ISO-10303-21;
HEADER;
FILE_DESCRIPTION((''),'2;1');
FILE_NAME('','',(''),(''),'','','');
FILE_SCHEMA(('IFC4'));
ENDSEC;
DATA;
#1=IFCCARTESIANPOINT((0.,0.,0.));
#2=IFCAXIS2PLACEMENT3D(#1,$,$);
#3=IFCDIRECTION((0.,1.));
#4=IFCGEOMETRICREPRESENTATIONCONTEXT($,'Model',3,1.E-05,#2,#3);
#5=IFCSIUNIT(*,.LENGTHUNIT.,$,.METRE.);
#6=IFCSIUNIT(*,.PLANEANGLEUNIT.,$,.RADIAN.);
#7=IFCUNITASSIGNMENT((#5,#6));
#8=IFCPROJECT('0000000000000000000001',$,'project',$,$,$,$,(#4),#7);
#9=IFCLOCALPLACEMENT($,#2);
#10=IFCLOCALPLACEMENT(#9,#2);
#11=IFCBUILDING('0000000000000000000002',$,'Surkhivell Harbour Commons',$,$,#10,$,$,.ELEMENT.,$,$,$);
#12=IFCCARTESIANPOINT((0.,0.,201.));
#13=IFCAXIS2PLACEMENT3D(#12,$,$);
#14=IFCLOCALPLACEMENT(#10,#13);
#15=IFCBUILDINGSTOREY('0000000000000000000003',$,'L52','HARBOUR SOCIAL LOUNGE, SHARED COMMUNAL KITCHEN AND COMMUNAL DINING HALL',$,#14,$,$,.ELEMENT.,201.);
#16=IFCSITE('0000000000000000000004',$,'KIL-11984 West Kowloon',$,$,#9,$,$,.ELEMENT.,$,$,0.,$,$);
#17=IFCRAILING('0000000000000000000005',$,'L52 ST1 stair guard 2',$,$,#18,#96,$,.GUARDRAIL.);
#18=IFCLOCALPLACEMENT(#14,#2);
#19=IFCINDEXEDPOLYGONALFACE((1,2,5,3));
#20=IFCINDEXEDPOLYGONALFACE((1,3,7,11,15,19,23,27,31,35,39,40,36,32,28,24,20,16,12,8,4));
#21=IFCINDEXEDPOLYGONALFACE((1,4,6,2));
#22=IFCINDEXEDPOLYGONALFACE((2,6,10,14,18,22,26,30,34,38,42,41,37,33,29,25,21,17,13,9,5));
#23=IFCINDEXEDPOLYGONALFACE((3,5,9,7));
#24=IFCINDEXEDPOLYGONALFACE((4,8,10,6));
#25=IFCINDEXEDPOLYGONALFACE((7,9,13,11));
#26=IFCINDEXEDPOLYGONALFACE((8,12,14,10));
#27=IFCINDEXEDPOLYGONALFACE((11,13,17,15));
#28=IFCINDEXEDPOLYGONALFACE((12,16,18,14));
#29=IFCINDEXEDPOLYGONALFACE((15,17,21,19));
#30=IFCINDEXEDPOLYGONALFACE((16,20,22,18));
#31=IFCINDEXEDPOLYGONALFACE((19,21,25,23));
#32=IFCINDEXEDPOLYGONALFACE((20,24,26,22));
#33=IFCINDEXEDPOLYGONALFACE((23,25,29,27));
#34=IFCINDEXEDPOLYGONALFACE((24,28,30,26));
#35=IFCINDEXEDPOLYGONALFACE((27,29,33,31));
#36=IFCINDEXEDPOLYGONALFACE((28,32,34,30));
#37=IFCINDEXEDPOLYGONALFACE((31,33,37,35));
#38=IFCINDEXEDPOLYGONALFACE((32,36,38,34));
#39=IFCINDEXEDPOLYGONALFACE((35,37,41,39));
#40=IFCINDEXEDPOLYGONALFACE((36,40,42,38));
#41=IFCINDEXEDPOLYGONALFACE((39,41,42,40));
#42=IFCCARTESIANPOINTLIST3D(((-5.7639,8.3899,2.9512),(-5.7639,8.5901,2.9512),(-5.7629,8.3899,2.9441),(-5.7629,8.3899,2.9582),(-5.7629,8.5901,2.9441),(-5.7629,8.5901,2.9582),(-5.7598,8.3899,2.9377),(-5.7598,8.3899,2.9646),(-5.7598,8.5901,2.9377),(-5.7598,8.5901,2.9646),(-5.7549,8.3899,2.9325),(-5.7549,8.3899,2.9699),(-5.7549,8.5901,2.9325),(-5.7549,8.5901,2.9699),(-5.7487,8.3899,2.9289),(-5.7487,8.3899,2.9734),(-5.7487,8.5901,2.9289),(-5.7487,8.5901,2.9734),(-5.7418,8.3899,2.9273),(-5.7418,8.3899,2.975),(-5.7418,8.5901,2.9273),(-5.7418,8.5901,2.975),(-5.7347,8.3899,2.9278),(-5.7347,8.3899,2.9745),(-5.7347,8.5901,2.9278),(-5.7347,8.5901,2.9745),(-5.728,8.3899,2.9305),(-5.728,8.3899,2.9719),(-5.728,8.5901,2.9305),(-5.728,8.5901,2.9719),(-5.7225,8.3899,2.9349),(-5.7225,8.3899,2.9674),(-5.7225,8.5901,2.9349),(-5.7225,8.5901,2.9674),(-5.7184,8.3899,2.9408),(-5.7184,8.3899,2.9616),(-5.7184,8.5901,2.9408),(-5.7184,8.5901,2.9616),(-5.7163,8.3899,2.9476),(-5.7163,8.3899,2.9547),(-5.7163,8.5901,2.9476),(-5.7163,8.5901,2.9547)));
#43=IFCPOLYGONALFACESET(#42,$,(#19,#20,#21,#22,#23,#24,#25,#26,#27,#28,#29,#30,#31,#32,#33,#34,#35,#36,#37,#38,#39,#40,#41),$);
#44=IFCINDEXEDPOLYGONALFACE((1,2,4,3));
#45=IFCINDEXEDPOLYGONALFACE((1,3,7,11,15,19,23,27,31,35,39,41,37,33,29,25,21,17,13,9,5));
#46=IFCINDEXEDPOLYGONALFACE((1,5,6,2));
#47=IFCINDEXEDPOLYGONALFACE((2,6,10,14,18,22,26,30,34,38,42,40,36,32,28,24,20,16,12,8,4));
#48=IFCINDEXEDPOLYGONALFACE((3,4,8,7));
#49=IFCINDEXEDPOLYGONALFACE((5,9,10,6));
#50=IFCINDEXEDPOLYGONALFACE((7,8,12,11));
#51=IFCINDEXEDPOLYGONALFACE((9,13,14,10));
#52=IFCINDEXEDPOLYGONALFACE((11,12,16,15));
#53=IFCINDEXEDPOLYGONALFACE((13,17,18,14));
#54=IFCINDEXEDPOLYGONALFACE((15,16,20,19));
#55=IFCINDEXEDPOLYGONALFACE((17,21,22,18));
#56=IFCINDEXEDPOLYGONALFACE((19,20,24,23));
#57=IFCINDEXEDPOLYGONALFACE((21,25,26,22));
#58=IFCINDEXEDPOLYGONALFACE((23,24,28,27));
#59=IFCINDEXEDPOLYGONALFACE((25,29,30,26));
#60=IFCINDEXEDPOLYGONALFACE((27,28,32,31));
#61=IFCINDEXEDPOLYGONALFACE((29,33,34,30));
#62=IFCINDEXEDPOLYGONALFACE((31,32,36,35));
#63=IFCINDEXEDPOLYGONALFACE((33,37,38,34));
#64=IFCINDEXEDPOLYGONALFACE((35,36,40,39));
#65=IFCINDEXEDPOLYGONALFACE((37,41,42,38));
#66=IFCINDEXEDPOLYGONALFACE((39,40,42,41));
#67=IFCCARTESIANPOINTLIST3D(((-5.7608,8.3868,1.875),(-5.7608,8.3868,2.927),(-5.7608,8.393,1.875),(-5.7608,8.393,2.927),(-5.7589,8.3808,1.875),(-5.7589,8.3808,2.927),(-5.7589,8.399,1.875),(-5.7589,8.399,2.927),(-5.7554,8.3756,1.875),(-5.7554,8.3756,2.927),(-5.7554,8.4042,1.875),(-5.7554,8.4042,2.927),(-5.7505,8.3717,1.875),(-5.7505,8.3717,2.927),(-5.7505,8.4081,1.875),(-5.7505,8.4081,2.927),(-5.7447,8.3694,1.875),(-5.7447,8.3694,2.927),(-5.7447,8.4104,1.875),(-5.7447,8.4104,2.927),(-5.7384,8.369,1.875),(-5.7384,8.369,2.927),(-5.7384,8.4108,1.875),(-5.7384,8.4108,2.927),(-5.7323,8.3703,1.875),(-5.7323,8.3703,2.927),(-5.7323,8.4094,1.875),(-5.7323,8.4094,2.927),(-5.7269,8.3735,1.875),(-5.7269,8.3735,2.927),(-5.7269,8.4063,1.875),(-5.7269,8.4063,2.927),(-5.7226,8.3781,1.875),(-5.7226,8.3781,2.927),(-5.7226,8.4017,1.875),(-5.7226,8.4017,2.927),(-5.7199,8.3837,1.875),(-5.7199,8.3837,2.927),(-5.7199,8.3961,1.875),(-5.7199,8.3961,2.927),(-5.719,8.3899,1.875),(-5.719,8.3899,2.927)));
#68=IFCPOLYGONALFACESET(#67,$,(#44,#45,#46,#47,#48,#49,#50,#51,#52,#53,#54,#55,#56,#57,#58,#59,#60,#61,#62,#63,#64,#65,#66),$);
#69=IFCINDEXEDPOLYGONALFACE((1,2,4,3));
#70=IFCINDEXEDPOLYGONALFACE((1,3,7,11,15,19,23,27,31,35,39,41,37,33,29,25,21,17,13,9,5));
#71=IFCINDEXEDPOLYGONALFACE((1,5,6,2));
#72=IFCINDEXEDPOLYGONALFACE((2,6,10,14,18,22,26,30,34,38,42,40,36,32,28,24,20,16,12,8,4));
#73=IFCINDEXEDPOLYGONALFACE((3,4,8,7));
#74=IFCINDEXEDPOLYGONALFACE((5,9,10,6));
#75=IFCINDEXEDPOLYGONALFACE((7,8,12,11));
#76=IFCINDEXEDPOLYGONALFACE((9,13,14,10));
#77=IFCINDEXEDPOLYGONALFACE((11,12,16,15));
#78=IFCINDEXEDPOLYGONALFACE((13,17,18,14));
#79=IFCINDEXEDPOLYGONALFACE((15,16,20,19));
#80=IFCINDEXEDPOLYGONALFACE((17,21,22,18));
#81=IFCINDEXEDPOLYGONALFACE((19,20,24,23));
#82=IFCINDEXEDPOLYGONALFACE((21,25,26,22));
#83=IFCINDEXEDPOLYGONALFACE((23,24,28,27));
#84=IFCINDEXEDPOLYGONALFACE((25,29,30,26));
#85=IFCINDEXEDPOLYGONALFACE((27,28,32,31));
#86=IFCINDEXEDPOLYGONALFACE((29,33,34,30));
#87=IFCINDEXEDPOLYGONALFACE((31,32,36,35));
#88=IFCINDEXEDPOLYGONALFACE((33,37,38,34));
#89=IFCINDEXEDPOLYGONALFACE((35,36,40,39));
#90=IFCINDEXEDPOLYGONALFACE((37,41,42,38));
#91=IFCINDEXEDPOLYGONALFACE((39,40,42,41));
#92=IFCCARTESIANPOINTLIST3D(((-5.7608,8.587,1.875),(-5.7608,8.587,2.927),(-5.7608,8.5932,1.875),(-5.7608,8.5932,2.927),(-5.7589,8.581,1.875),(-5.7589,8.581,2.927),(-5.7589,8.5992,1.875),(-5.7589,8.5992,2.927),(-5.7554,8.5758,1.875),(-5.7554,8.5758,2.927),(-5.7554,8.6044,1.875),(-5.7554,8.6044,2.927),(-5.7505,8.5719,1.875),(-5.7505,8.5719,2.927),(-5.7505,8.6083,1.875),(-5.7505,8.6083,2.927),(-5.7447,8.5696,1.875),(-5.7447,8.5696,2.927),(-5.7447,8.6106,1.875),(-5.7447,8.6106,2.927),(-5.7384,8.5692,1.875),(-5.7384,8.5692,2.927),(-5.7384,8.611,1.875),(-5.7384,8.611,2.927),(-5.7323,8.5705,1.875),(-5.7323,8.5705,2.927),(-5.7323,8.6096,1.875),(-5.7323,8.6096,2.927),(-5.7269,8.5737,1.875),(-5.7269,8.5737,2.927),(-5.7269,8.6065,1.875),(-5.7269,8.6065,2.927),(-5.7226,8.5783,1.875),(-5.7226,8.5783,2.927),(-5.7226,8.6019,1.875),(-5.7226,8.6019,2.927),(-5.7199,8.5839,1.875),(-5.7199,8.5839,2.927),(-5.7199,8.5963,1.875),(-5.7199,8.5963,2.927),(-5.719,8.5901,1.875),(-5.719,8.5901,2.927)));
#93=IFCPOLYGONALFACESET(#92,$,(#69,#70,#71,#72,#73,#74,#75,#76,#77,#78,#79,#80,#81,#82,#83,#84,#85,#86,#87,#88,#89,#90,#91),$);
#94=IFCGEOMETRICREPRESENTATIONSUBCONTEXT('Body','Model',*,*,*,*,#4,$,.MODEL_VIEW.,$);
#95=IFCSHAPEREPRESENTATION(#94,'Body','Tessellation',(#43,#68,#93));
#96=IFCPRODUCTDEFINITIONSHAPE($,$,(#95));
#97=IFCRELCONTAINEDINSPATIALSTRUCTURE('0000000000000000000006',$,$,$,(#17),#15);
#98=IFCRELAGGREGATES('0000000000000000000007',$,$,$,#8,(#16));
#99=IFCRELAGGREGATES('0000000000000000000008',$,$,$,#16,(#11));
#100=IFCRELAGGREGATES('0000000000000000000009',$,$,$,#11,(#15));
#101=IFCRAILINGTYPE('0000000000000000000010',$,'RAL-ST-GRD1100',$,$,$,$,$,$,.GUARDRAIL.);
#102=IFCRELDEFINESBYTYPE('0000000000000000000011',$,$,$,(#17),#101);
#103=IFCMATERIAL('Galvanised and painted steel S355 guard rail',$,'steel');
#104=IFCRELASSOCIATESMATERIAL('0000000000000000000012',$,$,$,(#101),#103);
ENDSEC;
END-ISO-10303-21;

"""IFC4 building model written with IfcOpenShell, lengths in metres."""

from ifc_helpers import new_model, si_unit, direction, frame, origin, origin_2d, place, context, subcontext, project, spatial, circle, extrude, material, type_object, element, save


model = new_model("IFC4")

# Units and contexts
model_context = context("Model", 3, precision=1e-05, world=origin(), true_north=direction((0.0, 1.0)))
body_context = subcontext(model_context, "Body", "Model", "MODEL_VIEW")
ifc_project = project(units=[si_unit("LENGTHUNIT", "METRE"), si_unit("PLANEANGLEUNIT", "RADIAN")], contexts=[model_context])

# Site, building, storey
site_placement = place(None, origin())
site = spatial("IfcSite", under=ifc_project, at=site_placement, Name="KIL-11984 West Kowloon", CompositionType="ELEMENT", RefElevation=0.0)
building_placement = place(site_placement, origin())
building = spatial("IfcBuilding", under=site, at=building_placement, Name="Surkhivell Harbour Commons", CompositionType="ELEMENT")
storey_placement = place(building_placement, frame((0.0, 0.0, 201.0)))
storey = spatial("IfcBuildingStorey", under=building, at=storey_placement, Name="L52", Description="HARBOUR SOCIAL LOUNGE, SHARED COMMUNAL KITCHEN AND COMMUNAL DINING HALL", CompositionType="ELEMENT", Elevation=201.0)

# Railing
ifc_material_1 = material(Name="Galvanised and painted steel S355 guard rail", Category="steel")
railing_type_1 = type_object("IfcRailingType", Name="RAL-ST-GRD1100", PredefinedType="GUARDRAIL", material=ifc_material_1)
railing_1_placement = place(storey_placement, frame((-5.74, 8.3899, 1.875)))
element("IfcRailing", 1, at=railing_1_placement, inside=storey, type_object=railing_type_1, Name="L52 ST1 stair guard 2", PredefinedType="GUARDRAIL", context=body_context, shape_type="SweptSolid", body=[
    extrude(circle(Radius=0.0239, at=origin_2d()), frame((0.0, 0.0, 1.0762), z_axis=(0.0, 1.0, 0.0), x_axis=(-1.0, 0.0, 0.0)), (0.0, 0.0, 1.0), 0.2002),
    extrude(circle(Radius=0.021, at=origin_2d()), origin(), (0.0, 0.0, 1.0), 1.052),
    extrude(circle(Radius=0.021, at=origin_2d()), frame((0.0, 0.2002, 0.0)), (0.0, 0.0, 1.0), 1.052),
])

save(model, "model.ifc")
